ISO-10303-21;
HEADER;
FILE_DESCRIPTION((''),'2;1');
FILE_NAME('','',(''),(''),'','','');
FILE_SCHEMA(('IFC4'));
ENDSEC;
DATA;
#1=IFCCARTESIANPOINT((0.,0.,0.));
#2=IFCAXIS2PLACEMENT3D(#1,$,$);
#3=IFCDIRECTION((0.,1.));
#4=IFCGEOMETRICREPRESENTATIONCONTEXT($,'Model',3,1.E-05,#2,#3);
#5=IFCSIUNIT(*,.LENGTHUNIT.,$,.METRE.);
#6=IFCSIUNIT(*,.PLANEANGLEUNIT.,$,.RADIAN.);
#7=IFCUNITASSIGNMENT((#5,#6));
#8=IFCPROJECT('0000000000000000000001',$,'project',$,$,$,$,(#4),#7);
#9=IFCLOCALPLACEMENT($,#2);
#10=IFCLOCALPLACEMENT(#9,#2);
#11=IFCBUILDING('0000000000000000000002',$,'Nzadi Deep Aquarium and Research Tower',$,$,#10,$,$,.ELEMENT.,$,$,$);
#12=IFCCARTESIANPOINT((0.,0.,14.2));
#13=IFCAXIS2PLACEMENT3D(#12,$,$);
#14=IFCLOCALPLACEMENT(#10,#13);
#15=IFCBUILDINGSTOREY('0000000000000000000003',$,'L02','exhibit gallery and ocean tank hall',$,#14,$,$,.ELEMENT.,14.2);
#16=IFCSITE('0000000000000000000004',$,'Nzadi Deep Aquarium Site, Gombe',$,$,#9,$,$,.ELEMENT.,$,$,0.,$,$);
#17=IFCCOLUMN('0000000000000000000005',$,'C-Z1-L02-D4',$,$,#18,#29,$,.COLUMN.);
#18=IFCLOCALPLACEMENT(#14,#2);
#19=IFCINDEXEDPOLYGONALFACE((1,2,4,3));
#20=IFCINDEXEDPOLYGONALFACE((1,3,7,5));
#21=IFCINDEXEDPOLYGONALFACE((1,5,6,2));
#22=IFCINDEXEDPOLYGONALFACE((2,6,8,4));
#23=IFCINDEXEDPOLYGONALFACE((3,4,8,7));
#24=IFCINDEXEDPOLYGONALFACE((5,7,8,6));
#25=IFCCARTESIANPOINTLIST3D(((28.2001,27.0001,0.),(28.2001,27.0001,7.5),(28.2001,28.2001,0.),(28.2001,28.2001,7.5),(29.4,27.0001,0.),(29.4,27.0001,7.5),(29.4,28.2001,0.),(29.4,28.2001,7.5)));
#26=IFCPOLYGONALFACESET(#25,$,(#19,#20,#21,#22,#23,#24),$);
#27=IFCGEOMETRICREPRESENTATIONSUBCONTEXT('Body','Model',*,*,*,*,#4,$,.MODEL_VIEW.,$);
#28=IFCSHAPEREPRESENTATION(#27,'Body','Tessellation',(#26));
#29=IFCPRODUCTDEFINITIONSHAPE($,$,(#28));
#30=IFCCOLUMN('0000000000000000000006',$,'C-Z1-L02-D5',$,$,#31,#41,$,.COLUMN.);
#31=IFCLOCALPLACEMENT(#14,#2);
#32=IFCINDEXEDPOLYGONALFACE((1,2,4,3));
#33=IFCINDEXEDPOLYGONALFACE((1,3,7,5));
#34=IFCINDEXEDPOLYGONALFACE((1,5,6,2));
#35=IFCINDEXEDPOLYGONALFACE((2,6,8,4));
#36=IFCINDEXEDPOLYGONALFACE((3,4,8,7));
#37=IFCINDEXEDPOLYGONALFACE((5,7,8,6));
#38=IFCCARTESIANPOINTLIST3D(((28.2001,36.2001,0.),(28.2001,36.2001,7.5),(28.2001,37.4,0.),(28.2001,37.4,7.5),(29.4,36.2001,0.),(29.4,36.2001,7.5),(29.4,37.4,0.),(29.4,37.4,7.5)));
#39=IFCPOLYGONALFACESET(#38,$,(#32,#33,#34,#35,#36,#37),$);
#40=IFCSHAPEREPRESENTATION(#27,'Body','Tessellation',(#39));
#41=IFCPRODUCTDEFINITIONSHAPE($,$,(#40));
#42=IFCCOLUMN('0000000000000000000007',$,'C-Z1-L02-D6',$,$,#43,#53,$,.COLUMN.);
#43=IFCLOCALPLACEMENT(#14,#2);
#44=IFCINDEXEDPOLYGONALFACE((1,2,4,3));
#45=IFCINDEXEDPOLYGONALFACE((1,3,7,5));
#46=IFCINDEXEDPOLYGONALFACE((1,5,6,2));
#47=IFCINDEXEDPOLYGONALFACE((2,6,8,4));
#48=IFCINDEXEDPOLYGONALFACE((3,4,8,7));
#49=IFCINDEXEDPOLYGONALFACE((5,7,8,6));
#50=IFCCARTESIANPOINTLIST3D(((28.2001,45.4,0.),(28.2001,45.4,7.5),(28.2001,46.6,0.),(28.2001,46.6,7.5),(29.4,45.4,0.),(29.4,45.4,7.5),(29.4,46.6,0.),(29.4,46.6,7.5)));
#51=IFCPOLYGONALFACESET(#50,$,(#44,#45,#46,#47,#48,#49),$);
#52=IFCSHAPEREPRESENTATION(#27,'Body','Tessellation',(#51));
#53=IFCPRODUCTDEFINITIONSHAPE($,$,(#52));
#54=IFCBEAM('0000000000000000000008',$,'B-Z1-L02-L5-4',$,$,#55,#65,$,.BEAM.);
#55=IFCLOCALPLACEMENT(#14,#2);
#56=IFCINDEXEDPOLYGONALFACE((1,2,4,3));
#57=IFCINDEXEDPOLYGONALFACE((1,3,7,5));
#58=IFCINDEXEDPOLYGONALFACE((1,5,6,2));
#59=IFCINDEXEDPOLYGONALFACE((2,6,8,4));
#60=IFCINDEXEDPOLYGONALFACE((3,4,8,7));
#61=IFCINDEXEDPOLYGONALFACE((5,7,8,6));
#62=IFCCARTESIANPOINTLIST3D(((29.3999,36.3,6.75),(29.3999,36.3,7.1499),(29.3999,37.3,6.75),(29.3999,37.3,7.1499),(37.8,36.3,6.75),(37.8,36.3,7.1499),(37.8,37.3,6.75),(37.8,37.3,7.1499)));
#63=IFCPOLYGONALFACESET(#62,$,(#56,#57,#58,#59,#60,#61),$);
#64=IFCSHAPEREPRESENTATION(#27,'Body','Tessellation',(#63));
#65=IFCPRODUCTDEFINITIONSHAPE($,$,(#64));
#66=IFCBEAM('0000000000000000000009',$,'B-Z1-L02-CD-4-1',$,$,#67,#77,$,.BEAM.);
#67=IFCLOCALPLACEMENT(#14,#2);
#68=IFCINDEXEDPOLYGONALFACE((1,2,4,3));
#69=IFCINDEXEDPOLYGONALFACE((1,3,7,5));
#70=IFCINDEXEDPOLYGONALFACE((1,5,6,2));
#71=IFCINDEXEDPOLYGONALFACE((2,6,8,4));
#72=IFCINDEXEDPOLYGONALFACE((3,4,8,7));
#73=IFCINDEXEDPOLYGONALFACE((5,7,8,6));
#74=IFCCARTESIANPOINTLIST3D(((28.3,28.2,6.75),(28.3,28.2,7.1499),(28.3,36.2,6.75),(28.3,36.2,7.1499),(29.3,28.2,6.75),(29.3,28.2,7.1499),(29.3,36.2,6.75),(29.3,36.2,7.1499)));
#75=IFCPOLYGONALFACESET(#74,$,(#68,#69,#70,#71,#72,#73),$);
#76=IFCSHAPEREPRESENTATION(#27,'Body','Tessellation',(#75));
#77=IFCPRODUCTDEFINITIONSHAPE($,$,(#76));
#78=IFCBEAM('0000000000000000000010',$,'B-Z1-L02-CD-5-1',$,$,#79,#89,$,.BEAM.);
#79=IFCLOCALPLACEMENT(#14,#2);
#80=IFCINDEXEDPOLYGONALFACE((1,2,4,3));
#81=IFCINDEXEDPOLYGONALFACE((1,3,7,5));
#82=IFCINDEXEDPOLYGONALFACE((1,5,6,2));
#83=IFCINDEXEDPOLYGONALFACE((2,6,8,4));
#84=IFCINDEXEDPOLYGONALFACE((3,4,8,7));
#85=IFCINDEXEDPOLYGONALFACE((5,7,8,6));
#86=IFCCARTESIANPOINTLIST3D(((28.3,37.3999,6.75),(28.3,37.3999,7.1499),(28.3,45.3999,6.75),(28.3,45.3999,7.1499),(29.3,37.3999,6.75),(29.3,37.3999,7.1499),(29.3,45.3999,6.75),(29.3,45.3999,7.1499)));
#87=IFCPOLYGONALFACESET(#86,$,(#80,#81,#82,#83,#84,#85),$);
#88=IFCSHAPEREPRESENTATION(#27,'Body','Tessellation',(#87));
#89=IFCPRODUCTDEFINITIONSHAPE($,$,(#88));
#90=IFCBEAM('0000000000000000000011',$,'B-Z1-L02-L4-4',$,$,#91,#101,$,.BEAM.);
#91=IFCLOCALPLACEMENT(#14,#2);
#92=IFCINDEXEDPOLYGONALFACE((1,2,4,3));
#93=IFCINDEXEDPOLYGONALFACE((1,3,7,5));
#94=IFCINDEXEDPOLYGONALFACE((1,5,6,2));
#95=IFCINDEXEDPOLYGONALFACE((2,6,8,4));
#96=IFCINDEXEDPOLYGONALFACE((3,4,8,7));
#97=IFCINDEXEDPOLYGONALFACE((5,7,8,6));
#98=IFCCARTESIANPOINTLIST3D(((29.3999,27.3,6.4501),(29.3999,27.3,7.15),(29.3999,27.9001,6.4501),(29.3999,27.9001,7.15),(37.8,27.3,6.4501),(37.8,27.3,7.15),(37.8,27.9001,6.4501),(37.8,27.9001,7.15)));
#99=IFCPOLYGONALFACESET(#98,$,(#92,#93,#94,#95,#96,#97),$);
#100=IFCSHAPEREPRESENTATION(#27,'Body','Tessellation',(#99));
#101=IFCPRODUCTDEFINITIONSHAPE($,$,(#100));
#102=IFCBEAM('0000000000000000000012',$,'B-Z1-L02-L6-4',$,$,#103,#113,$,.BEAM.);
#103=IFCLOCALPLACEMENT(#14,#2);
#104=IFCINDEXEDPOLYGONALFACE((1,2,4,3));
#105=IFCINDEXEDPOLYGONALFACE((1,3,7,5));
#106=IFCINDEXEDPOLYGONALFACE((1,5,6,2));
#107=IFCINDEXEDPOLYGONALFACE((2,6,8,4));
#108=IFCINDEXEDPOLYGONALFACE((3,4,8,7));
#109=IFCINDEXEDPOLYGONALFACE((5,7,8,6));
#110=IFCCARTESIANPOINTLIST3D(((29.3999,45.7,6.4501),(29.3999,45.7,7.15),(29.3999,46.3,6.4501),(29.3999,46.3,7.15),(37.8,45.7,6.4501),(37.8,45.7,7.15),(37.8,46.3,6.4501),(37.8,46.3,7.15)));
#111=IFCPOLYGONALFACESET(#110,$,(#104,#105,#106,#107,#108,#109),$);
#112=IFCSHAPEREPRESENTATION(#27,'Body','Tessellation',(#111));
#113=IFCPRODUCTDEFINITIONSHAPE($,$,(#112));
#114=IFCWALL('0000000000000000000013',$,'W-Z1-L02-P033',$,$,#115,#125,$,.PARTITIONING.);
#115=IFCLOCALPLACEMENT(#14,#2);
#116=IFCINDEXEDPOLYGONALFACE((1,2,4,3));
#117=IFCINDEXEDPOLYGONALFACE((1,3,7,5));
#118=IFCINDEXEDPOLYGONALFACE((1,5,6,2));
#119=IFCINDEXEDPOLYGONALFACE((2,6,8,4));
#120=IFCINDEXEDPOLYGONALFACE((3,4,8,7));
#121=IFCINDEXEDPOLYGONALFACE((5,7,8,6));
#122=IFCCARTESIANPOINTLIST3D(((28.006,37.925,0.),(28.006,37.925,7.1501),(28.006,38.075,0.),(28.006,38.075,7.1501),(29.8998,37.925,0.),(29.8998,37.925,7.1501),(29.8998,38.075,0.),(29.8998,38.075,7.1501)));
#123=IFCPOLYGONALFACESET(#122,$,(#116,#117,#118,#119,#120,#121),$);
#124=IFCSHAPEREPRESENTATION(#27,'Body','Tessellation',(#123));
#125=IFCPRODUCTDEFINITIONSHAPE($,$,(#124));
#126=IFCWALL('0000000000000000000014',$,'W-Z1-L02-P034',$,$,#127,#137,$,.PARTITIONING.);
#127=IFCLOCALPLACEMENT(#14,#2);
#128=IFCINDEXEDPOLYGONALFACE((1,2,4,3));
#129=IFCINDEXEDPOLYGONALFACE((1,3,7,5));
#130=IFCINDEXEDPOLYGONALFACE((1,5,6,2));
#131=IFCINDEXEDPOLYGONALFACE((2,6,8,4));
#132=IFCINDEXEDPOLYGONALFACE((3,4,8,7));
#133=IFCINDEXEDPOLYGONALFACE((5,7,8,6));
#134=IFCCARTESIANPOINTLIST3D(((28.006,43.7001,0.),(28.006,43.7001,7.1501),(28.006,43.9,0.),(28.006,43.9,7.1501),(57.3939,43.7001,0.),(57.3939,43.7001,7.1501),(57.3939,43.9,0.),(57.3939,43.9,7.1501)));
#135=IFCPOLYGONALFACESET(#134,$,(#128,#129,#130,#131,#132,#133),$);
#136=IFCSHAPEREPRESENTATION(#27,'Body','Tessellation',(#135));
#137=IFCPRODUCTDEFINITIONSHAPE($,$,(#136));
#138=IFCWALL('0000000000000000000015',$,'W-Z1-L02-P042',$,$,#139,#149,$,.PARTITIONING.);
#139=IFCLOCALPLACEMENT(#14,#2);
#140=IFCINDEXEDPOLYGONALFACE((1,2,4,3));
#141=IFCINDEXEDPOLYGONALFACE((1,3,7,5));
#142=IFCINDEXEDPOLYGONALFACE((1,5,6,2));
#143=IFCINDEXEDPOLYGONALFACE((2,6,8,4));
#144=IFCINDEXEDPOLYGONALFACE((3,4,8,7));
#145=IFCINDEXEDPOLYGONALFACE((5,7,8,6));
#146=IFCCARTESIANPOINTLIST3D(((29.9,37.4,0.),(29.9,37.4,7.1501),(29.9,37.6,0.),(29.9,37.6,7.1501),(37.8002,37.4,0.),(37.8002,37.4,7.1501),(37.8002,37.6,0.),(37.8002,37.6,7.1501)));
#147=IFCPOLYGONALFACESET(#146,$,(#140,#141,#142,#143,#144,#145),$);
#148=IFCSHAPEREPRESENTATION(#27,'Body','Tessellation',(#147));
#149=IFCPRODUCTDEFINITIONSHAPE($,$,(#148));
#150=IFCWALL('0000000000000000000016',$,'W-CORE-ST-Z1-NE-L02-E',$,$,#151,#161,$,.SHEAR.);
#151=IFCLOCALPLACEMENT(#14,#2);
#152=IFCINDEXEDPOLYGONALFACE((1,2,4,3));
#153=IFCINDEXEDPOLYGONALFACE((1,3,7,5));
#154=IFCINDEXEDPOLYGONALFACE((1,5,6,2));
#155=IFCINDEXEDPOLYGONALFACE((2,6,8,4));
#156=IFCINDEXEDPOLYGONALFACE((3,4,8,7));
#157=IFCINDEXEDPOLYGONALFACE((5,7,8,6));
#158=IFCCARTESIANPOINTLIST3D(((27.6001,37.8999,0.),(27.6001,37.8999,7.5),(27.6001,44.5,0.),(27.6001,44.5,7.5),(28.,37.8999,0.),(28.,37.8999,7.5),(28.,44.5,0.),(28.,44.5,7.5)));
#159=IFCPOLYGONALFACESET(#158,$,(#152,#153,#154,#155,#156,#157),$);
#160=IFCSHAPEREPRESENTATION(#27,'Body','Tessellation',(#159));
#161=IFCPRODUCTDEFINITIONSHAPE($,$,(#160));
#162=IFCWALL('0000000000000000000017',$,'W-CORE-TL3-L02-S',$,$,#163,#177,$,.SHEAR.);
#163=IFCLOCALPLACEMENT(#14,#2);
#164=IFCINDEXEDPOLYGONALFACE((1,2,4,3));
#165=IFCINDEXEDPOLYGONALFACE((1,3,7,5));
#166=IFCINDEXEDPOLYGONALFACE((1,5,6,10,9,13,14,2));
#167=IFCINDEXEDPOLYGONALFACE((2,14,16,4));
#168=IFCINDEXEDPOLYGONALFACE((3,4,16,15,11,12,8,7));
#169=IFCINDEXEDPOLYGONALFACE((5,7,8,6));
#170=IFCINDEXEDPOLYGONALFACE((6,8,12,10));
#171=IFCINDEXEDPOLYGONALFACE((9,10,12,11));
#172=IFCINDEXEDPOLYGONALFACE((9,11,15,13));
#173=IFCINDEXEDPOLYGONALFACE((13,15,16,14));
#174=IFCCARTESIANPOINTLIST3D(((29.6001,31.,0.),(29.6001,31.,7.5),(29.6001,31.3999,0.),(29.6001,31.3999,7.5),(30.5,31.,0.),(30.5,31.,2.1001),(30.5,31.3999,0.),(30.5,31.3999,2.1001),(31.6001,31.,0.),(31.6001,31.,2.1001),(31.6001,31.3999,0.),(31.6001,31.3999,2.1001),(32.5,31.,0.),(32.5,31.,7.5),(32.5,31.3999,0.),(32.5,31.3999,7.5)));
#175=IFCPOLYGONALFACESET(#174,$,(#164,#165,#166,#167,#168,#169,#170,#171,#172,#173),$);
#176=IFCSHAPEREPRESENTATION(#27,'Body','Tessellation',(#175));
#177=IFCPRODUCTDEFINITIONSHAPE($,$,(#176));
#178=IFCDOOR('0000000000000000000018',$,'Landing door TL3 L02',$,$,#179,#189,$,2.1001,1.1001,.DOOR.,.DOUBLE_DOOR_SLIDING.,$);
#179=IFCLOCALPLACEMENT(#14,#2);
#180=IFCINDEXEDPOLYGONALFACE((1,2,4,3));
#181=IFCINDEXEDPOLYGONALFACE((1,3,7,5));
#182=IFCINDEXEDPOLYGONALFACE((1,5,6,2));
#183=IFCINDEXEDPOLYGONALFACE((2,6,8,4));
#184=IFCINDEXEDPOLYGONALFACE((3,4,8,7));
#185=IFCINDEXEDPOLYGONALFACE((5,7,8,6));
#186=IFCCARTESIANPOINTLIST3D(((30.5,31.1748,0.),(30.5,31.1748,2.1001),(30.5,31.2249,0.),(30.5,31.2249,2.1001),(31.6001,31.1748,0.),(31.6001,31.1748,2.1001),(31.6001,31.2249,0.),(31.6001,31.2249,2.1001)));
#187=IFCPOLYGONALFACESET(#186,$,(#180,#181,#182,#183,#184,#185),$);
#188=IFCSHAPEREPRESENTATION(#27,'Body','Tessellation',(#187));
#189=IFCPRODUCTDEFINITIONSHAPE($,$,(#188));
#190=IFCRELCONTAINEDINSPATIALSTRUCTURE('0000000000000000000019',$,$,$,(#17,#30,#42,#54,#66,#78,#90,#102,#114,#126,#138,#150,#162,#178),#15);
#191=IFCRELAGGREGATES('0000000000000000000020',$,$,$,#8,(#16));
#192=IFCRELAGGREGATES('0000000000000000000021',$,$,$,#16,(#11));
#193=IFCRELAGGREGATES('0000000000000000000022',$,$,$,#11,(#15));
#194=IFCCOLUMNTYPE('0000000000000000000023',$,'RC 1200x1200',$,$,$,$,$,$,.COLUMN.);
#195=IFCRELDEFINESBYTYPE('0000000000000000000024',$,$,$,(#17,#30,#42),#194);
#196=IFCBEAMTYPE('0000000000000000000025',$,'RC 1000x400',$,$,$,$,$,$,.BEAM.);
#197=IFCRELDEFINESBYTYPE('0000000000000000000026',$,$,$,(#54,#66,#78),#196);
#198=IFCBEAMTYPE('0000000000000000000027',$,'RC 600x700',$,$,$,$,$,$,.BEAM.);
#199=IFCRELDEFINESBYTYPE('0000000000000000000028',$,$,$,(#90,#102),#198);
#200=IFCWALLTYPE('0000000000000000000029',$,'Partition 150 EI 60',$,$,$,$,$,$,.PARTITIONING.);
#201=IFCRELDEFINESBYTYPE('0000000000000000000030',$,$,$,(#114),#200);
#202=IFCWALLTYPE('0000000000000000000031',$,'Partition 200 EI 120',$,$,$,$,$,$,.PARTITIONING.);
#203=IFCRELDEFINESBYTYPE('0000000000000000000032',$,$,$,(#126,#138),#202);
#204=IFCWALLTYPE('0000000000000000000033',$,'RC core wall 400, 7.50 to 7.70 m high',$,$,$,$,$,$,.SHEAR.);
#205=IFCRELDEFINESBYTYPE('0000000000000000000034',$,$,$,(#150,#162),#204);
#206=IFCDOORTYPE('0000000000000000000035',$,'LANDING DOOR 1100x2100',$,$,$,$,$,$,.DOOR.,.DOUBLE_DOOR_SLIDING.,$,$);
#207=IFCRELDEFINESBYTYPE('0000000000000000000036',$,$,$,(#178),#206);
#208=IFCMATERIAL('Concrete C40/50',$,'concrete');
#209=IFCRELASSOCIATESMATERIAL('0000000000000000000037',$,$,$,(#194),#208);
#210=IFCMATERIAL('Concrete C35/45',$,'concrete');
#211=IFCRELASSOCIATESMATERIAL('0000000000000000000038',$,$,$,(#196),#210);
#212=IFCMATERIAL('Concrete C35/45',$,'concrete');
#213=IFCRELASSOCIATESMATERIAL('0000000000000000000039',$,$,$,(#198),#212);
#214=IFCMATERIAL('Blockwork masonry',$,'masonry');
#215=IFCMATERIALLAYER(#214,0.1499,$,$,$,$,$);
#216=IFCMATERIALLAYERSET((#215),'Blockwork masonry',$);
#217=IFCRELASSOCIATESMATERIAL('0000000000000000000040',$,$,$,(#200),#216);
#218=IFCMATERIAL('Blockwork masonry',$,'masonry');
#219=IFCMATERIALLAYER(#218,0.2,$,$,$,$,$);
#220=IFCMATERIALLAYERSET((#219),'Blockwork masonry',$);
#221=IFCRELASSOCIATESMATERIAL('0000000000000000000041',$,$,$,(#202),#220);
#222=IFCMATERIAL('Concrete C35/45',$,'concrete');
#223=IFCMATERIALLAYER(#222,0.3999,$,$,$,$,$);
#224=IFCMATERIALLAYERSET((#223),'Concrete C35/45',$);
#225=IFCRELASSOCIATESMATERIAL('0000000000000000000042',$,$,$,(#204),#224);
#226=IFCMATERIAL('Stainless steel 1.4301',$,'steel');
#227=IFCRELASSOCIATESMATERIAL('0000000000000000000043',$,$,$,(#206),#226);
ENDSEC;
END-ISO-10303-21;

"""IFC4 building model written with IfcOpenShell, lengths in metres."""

from ifc_helpers import new_model, si_unit, direction, frame, frame_2d, origin, origin_2d, place, context, subcontext, project, spatial, rectangle, extrude, material, layer, layer_set, material_profile, profile_set, type_object, element, fill, save


model = new_model("IFC4")

# Units and contexts
model_context = context("Model", 3, precision=1e-05, world=origin(), true_north=direction((0.0, 1.0)))
body_context = subcontext(model_context, "Body", "Model", "MODEL_VIEW")
ifc_project = project(units=[si_unit("LENGTHUNIT", "METRE"), si_unit("PLANEANGLEUNIT", "RADIAN")], contexts=[model_context])

# Site, building, storey
site_placement = place(None, origin())
site = spatial("IfcSite", under=ifc_project, at=site_placement, Name="Nzadi Deep Aquarium Site, Gombe", CompositionType="ELEMENT", RefElevation=0.0)
building_placement = place(site_placement, origin())
building = spatial("IfcBuilding", under=site, at=building_placement, Name="Nzadi Deep Aquarium and Research Tower", CompositionType="ELEMENT")
storey_placement = place(building_placement, frame((0.0, 0.0, 14.2)))
storey = spatial("IfcBuildingStorey", under=building, at=storey_placement, Name="L02", Description="exhibit gallery and ocean tank hall", CompositionType="ELEMENT", Elevation=14.2)

# Columns
ifc_material_1 = material(Name="Concrete C40/50", Category="concrete")
ifc_material_profile_1 = material_profile(ifc_material_1, rectangle(XDim=1.2, YDim=1.2, at=origin_2d()))
ifc_profile_set_1 = profile_set([ifc_material_profile_1], Name="Concrete C40/50")
column_type = type_object("IfcColumnType", Name="RC 1200x1200", PredefinedType="COLUMN", material=ifc_profile_set_1)
for number, where, z_axis, x_axis, name in (
    (1, (28.8, 27.6001, 0.0), (0.0, 0.0, 1.0), (1.0, 0.0, 0.0), "C-Z1-L02-D4"),
    (2, (28.8, 36.8, 0.0), (0.0, 0.0, 1.0), (1.0, 0.0, 0.0), "C-Z1-L02-D5"),
    (3, (28.8, 46.0, 0.0), (0.0, 0.0, 1.0), (1.0, 0.0, 0.0), "C-Z1-L02-D6"),
):
    element("IfcColumn", number, at=place(storey_placement, frame(where, z_axis=z_axis, x_axis=x_axis)), inside=storey, type_object=column_type, Name=name, PredefinedType="COLUMN", context=body_context, shape_type="SweptSolid", body=[
        extrude(rectangle(XDim=1.2, YDim=1.2, at=origin_2d()), origin(), (0.0, 0.0, 1.0), 7.5),
    ])

# Beams
ifc_material_2 = material(Name="Concrete C35/45", Category="concrete")
ifc_material_profile_2 = material_profile(ifc_material_2, rectangle(XDim=1.0, YDim=0.3999, at=origin_2d()))
ifc_profile_set_2 = profile_set([ifc_material_profile_2], Name="Concrete C35/45")
beam_type_1 = type_object("IfcBeamType", Name="RC 1000x400", PredefinedType="BEAM", material=ifc_profile_set_2)
beam_placement = place(storey_placement, frame((29.3999, 36.8, 6.95), z_axis=(1.0, 0.0, 0.0), x_axis=(0.0, 1.0, 0.0)))
element("IfcBeam", 4, at=beam_placement, inside=storey, type_object=beam_type_1, Name="B-Z1-L02-L5-4", PredefinedType="BEAM", context=body_context, shape_type="SweptSolid", body=[
    extrude(rectangle(XDim=1.0, YDim=0.3999, at=origin_2d()), origin(), (0.0, 0.0, 1.0), 8.4001),
])
for number, where, z_axis, x_axis, name in (
    (5, (28.8, 28.2, 6.95), (0.0, 1.0, 0.0), (-1.0, 0.0, 0.0), "B-Z1-L02-CD-4-1"),
    (6, (28.8, 37.3999, 6.95), (0.0, 1.0, 0.0), (-1.0, 0.0, 0.0), "B-Z1-L02-CD-5-1"),
):
    element("IfcBeam", number, at=place(storey_placement, frame(where, z_axis=z_axis, x_axis=x_axis)), inside=storey, type_object=beam_type_1, Name=name, PredefinedType="BEAM", context=body_context, shape_type="SweptSolid", body=[
        extrude(rectangle(XDim=1.0, YDim=0.3999, at=origin_2d()), origin(), (0.0, 0.0, 1.0), 8.0),
    ])
ifc_material_3 = material(Name="Concrete C35/45", Category="concrete")
ifc_material_profile_3 = material_profile(ifc_material_3, rectangle(XDim=0.6001, YDim=0.7, at=origin_2d()))
ifc_profile_set_3 = profile_set([ifc_material_profile_3], Name="Concrete C35/45")
beam_type_2 = type_object("IfcBeamType", Name="RC 600x700", PredefinedType="BEAM", material=ifc_profile_set_3)
for number, where, z_axis, x_axis, name in (
    (7, (29.3999, 27.6001, 6.8), (1.0, 0.0, 0.0), (0.0, 1.0, 0.0), "B-Z1-L02-L4-4"),
    (8, (29.3999, 46.0, 6.8), (1.0, 0.0, 0.0), (0.0, 1.0, 0.0), "B-Z1-L02-L6-4"),
):
    element("IfcBeam", number, at=place(storey_placement, frame(where, z_axis=z_axis, x_axis=x_axis)), inside=storey, type_object=beam_type_2, Name=name, PredefinedType="BEAM", context=body_context, shape_type="SweptSolid", body=[
        extrude(rectangle(XDim=0.6001, YDim=0.7, at=origin_2d()), origin(), (0.0, 0.0, 1.0), 8.4001),
    ])

# Walls
ifc_material_4 = material(Name="Blockwork masonry", Category="masonry")
ifc_layer_1 = layer(ifc_material_4, 0.1499)
ifc_layer_set_1 = layer_set([ifc_layer_1], Name="Blockwork masonry")
wall_type_1 = type_object("IfcWallType", Name="Partition 150 EI 60", PredefinedType="PARTITIONING", material=ifc_layer_set_1)
wall_1_placement = place(storey_placement, frame((28.0061, 38.0, 0.0), z_axis=(0.0, 0.0, 1.0), x_axis=(1.0, 0.0, 0.0)))
element("IfcWall", 9, at=wall_1_placement, inside=storey, type_object=wall_type_1, Name="W-Z1-L02-P033", PredefinedType="PARTITIONING", context=body_context, shape_type="SweptSolid", body=[
    extrude(rectangle(XDim=1.8938, YDim=0.1499, at=frame_2d((0.9468, 0.0))), origin(), (0.0, 0.0, 1.0), 7.1501),
])
ifc_material_5 = material(Name="Blockwork masonry", Category="masonry")
ifc_layer_2 = layer(ifc_material_5, 0.2)
ifc_layer_set_2 = layer_set([ifc_layer_2], Name="Blockwork masonry")
wall_type_2 = type_object("IfcWallType", Name="Partition 200 EI 120", PredefinedType="PARTITIONING", material=ifc_layer_set_2)
wall_2_placement = place(storey_placement, frame((28.0061, 43.8, 0.0), z_axis=(0.0, 0.0, 1.0), x_axis=(1.0, 0.0, 0.0)))
element("IfcWall", 10, at=wall_2_placement, inside=storey, type_object=wall_type_2, Name="W-Z1-L02-P034", PredefinedType="PARTITIONING", context=body_context, shape_type="SweptSolid", body=[
    extrude(rectangle(XDim=29.3879, YDim=0.2, at=frame_2d((14.6938, 0.0))), origin(), (0.0, 0.0, 1.0), 7.1501),
])
wall_3_placement = place(storey_placement, frame((29.8999, 37.5, 0.0), z_axis=(0.0, 0.0, 1.0), x_axis=(1.0, 0.0, 0.0)))
element("IfcWall", 11, at=wall_3_placement, inside=storey, type_object=wall_type_2, Name="W-Z1-L02-P042", PredefinedType="PARTITIONING", context=body_context, shape_type="SweptSolid", body=[
    extrude(rectangle(XDim=7.9001, YDim=0.2, at=frame_2d((3.9502, 0.0))), origin(), (0.0, 0.0, 1.0), 7.1501),
])
ifc_material_6 = material(Name="Concrete C35/45", Category="concrete")
ifc_layer_3 = layer(ifc_material_6, 0.3999)
ifc_layer_set_3 = layer_set([ifc_layer_3], Name="Concrete C35/45")
wall_type_3 = type_object("IfcWallType", Name="RC core wall 400, 7.50 to 7.70 m high", PredefinedType="SHEAR", material=ifc_layer_set_3)
wall_4_placement = place(storey_placement, frame((27.8, 37.8999, 0.0), z_axis=(0.0, 0.0, 1.0), x_axis=(0.0, 1.0, 0.0)))
element("IfcWall", 12, at=wall_4_placement, inside=storey, type_object=wall_type_3, Name="W-CORE-ST-Z1-NE-L02-E", PredefinedType="SHEAR", context=body_context, shape_type="SweptSolid", body=[
    extrude(rectangle(XDim=6.6001, YDim=0.3999, at=frame_2d((3.3, 0.0))), origin(), (0.0, 0.0, 1.0), 7.5),
])

# Wall, opening, door
wall_5_placement = place(storey_placement, frame((29.6001, 31.2, 0.0), z_axis=(0.0, 0.0, 1.0), x_axis=(1.0, 0.0, 0.0)))
wall_5 = element("IfcWall", 13, at=wall_5_placement, inside=storey, type_object=wall_type_3, Name="W-CORE-TL3-L02-S", PredefinedType="SHEAR", context=body_context, shape_type="SweptSolid", body=[
    extrude(rectangle(XDim=2.8999, YDim=0.3999, at=frame_2d((1.45, 0.0))), origin(), (0.0, 0.0, 1.0), 7.5),
])
opening_placement = place(wall_5_placement, frame((0.8999, 0.0, 0.0)))
opening = element("IfcOpeningElement", 14, at=opening_placement, cuts=wall_5, PredefinedType="OPENING", context=body_context, shape_type="SweptSolid", body=[
    extrude(rectangle(XDim=1.1001, YDim=2.1001, at=frame_2d((0.55, 1.05))), frame((0.0, 0.21, 0.0), z_axis=(0.0, -1.0, 0.0), x_axis=(1.0, 0.0, 0.0)), (0.0, 0.0, 1.0), 0.4199),
])
ifc_material_7 = material(Name="Stainless steel 1.4301", Category="steel")
door_type = type_object("IfcDoorType", Name="LANDING DOOR 1100x2100", OperationType="DOUBLE_DOOR_SLIDING", PredefinedType="DOOR", material=ifc_material_7)
door_placement = place(opening_placement, origin())
door = element("IfcDoor", 15, at=door_placement, inside=storey, type_object=door_type, Name="Landing door TL3 L02", OperationType="DOUBLE_DOOR_SLIDING", OverallHeight=2.1001, OverallWidth=1.1001, PredefinedType="DOOR", context=body_context, shape_type="SweptSolid", body=[
    extrude(rectangle(XDim=1.1001, YDim=2.1001, at=frame_2d((0.55, 1.05))), frame((0.0, 0.0249, 0.0), z_axis=(0.0, -1.0, 0.0), x_axis=(1.0, 0.0, 0.0)), (0.0, 0.0, 1.0), 0.05),
])
fill(opening, door)

save(model, "model.ifc")
